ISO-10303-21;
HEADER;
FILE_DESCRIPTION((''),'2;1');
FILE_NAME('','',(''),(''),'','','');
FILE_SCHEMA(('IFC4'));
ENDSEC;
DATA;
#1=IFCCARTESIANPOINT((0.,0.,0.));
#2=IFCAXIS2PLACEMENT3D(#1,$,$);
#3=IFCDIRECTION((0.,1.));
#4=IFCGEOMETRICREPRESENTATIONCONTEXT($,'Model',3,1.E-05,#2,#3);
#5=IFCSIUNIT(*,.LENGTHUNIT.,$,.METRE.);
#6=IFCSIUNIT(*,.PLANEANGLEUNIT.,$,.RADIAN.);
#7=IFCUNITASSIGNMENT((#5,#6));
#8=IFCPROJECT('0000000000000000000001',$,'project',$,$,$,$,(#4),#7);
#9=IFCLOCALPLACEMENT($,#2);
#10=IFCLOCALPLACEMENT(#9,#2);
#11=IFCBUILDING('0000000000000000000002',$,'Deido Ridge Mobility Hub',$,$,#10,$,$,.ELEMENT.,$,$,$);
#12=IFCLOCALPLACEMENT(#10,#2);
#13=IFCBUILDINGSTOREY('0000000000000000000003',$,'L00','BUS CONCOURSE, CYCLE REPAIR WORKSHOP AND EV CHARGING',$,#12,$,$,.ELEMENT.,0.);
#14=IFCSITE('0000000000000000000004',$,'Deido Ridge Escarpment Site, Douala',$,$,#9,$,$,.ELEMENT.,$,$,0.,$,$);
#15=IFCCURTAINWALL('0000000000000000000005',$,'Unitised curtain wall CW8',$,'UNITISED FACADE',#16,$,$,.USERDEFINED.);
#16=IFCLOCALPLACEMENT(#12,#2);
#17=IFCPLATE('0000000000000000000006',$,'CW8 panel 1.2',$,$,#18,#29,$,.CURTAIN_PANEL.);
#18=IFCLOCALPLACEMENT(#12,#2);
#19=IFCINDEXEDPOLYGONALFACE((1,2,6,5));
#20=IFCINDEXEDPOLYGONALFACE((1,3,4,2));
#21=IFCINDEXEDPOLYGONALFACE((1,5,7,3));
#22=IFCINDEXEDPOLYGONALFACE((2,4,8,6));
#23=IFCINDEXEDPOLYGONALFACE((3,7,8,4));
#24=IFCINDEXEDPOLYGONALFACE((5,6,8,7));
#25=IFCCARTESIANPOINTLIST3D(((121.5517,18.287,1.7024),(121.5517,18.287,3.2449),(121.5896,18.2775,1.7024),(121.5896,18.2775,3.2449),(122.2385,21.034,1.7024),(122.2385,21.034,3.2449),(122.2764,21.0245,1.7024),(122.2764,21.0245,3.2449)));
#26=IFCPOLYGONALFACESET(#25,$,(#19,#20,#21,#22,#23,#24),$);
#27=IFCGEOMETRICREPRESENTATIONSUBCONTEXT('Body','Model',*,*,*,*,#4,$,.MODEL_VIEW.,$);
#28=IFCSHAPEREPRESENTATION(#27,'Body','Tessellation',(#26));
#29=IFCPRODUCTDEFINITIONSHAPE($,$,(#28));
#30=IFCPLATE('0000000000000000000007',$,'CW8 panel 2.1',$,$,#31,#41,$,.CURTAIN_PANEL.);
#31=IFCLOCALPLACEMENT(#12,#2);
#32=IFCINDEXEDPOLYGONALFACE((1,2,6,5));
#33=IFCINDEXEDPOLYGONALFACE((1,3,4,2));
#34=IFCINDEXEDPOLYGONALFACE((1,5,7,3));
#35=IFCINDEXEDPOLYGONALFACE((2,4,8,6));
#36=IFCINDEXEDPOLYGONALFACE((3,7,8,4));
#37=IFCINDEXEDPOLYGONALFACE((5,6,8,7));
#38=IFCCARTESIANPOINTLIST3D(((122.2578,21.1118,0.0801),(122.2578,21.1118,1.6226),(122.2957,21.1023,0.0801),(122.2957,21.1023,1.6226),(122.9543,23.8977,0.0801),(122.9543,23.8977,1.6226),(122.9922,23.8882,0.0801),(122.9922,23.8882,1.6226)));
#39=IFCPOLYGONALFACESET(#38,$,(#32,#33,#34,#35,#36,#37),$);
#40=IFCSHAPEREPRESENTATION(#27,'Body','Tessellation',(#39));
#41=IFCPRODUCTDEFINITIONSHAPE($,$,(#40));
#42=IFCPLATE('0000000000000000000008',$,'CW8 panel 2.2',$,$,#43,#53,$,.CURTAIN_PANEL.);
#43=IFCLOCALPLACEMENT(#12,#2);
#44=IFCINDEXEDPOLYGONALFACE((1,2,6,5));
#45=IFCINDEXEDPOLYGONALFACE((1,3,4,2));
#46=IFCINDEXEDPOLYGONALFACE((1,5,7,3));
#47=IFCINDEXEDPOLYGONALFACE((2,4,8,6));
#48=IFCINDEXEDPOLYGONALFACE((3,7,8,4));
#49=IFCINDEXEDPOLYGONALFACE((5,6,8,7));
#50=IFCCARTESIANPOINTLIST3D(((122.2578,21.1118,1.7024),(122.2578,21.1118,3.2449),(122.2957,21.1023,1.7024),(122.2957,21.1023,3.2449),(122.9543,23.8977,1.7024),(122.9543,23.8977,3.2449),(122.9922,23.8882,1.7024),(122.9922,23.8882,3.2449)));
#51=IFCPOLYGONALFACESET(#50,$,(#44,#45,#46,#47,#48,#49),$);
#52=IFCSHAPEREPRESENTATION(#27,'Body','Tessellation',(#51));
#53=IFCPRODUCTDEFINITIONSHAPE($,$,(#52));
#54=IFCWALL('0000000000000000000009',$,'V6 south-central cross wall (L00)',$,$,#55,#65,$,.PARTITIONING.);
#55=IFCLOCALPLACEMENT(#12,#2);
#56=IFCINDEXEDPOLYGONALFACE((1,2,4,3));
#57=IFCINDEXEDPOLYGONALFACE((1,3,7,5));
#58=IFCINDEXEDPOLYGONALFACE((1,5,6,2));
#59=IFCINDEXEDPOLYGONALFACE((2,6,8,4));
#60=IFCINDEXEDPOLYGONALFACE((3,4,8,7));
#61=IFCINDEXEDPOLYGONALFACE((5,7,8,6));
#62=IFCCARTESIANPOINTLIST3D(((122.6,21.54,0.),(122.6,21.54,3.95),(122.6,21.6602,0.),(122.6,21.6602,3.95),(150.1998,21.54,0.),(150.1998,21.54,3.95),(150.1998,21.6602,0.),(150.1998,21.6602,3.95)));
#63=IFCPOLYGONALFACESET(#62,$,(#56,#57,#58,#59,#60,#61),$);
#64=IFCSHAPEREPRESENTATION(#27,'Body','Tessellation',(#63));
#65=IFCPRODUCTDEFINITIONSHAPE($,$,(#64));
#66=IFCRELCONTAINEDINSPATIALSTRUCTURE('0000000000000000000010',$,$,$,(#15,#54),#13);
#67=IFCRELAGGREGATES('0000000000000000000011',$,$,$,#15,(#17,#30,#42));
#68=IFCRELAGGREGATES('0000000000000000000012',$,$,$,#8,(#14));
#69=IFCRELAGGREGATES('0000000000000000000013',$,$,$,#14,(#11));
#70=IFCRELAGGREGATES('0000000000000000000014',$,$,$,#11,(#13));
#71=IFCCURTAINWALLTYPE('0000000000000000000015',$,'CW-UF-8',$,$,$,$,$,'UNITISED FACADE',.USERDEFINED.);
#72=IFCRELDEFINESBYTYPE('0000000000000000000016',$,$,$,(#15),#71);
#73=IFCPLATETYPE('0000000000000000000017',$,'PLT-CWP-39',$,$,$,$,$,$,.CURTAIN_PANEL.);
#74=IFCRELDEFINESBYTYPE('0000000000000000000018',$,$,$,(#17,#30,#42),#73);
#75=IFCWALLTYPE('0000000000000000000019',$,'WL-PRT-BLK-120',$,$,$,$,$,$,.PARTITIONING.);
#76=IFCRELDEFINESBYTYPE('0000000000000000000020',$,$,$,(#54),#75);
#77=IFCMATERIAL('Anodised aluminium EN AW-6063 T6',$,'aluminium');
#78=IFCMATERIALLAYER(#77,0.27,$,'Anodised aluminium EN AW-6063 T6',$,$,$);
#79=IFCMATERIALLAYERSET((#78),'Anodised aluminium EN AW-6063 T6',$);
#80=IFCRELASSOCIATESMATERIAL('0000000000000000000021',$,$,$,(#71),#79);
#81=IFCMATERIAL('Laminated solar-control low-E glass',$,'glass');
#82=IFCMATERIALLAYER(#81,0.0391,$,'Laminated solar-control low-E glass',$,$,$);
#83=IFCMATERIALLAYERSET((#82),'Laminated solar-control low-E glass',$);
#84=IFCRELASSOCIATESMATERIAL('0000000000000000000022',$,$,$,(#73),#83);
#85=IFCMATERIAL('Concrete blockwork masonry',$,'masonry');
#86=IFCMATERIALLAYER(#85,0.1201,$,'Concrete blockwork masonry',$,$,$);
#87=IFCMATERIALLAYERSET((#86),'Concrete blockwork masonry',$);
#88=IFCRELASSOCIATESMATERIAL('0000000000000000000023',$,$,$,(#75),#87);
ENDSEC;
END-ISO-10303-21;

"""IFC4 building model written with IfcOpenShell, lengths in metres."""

from ifc_helpers import new_model, si_unit, direction, frame, frame_2d, origin, origin_2d, place, context, subcontext, project, spatial, rectangle, extrude, material, layer, layer_set, type_object, element, aggregate, save


model = new_model("IFC4")

# Units and contexts
model_context = context("Model", 3, precision=1e-05, world=origin(), true_north=direction((0.0, 1.0)))
body_context = subcontext(model_context, "Body", "Model", "MODEL_VIEW")
ifc_project = project(units=[si_unit("LENGTHUNIT", "METRE"), si_unit("PLANEANGLEUNIT", "RADIAN")], contexts=[model_context])

# Site, building, storey
site_placement = place(None, origin())
site = spatial("IfcSite", under=ifc_project, at=site_placement, Name="Deido Ridge Escarpment Site, Douala", CompositionType="ELEMENT", RefElevation=0.0)
building_placement = place(site_placement, origin())
building = spatial("IfcBuilding", under=site, at=building_placement, Name="Deido Ridge Mobility Hub", CompositionType="ELEMENT")
storey_placement = place(building_placement, origin())
storey = spatial("IfcBuildingStorey", under=building, at=storey_placement, Name="L00", Description="BUS CONCOURSE, CYCLE REPAIR WORKSHOP AND EV CHARGING", CompositionType="ELEMENT", Elevation=0.0)

# Curtain wall, plates
ifc_material_1 = material(Name="Anodised aluminium EN AW-6063 T6", Category="aluminium")
ifc_layer_1 = layer(ifc_material_1, 0.27, Name="Anodised aluminium EN AW-6063 T6")
ifc_layer_set_1 = layer_set([ifc_layer_1], Name="Anodised aluminium EN AW-6063 T6")
curtain_wall_type = type_object("IfcCurtainWallType", Name="CW-UF-8", ElementType="UNITISED FACADE", PredefinedType="USERDEFINED", material=ifc_layer_set_1)
curtain_wall_placement = place(storey_placement, origin())
curtain_wall = element("IfcCurtainWall", 1, at=curtain_wall_placement, inside=storey, type_object=curtain_wall_type, Name="Unitised curtain wall CW8", ObjectType="UNITISED FACADE", PredefinedType="USERDEFINED")
ifc_material_2 = material(Name="Laminated solar-control low-E glass", Category="glass")
ifc_layer_2 = layer(ifc_material_2, 0.0391, Name="Laminated solar-control low-E glass")
ifc_layer_set_2 = layer_set([ifc_layer_2], Name="Laminated solar-control low-E glass")
plate_type = type_object("IfcPlateType", Name="PLT-CWP-39", PredefinedType="CURTAIN_PANEL", material=ifc_layer_set_2)
plate_1_placement = place(storey_placement, frame((121.9141, 19.6558, 1.7024), z_axis=(0.0, 0.0, 1.0), x_axis=(0.24253, 0.970144, 0.0)))
plate_1 = element("IfcPlate", 2, at=plate_1_placement, type_object=plate_type, Name="CW8 panel 1.2", PredefinedType="CURTAIN_PANEL", context=body_context, shape_type="SweptSolid", body=[
    extrude(rectangle(XDim=2.8315, YDim=0.0391, at=origin_2d()), origin(), (0.0, 0.0, 1.0), 1.5425),
])
plate_2_placement = place(storey_placement, frame((122.625, 22.5, 0.0801), z_axis=(0.0, 0.0, 1.0), x_axis=(0.24253, 0.970144, 0.0)))
plate_2 = element("IfcPlate", 3, at=plate_2_placement, type_object=plate_type, Name="CW8 panel 2.1", PredefinedType="CURTAIN_PANEL", context=body_context, shape_type="SweptSolid", body=[
    extrude(rectangle(XDim=2.8716, YDim=0.0391, at=origin_2d()), origin(), (0.0, 0.0, 1.0), 1.5425),
])
plate_3_placement = place(storey_placement, frame((122.625, 22.5, 1.7024), z_axis=(0.0, 0.0, 1.0), x_axis=(0.24253, 0.970144, 0.0)))
plate_3 = element("IfcPlate", 4, at=plate_3_placement, type_object=plate_type, Name="CW8 panel 2.2", PredefinedType="CURTAIN_PANEL", context=body_context, shape_type="SweptSolid", body=[
    extrude(rectangle(XDim=2.8716, YDim=0.0391, at=origin_2d()), origin(), (0.0, 0.0, 1.0), 1.5425),
])
aggregate(curtain_wall, [plate_1, plate_2, plate_3])

# Wall
ifc_material_3 = material(Name="Concrete blockwork masonry", Category="masonry")
ifc_layer_3 = layer(ifc_material_3, 0.1201, Name="Concrete blockwork masonry")
ifc_layer_set_3 = layer_set([ifc_layer_3], Name="Concrete blockwork masonry")
wall_type = type_object("IfcWallType", Name="WL-PRT-BLK-120", PredefinedType="PARTITIONING", material=ifc_layer_set_3)
wall_placement = place(storey_placement, frame((122.6001, 21.6001, 0.0), z_axis=(0.0, 0.0, 1.0), x_axis=(1.0, 0.0, 0.0)))
element("IfcWall", 5, at=wall_placement, inside=storey, type_object=wall_type, Name="V6 south-central cross wall (L00)", PredefinedType="PARTITIONING", context=body_context, shape_type="SweptSolid", body=[
    extrude(rectangle(XDim=27.5999, YDim=0.1201, at=frame_2d((13.7998, 0.0))), origin(), (0.0, 0.0, 1.0), 3.95),
])

save(model, "model.ifc")
